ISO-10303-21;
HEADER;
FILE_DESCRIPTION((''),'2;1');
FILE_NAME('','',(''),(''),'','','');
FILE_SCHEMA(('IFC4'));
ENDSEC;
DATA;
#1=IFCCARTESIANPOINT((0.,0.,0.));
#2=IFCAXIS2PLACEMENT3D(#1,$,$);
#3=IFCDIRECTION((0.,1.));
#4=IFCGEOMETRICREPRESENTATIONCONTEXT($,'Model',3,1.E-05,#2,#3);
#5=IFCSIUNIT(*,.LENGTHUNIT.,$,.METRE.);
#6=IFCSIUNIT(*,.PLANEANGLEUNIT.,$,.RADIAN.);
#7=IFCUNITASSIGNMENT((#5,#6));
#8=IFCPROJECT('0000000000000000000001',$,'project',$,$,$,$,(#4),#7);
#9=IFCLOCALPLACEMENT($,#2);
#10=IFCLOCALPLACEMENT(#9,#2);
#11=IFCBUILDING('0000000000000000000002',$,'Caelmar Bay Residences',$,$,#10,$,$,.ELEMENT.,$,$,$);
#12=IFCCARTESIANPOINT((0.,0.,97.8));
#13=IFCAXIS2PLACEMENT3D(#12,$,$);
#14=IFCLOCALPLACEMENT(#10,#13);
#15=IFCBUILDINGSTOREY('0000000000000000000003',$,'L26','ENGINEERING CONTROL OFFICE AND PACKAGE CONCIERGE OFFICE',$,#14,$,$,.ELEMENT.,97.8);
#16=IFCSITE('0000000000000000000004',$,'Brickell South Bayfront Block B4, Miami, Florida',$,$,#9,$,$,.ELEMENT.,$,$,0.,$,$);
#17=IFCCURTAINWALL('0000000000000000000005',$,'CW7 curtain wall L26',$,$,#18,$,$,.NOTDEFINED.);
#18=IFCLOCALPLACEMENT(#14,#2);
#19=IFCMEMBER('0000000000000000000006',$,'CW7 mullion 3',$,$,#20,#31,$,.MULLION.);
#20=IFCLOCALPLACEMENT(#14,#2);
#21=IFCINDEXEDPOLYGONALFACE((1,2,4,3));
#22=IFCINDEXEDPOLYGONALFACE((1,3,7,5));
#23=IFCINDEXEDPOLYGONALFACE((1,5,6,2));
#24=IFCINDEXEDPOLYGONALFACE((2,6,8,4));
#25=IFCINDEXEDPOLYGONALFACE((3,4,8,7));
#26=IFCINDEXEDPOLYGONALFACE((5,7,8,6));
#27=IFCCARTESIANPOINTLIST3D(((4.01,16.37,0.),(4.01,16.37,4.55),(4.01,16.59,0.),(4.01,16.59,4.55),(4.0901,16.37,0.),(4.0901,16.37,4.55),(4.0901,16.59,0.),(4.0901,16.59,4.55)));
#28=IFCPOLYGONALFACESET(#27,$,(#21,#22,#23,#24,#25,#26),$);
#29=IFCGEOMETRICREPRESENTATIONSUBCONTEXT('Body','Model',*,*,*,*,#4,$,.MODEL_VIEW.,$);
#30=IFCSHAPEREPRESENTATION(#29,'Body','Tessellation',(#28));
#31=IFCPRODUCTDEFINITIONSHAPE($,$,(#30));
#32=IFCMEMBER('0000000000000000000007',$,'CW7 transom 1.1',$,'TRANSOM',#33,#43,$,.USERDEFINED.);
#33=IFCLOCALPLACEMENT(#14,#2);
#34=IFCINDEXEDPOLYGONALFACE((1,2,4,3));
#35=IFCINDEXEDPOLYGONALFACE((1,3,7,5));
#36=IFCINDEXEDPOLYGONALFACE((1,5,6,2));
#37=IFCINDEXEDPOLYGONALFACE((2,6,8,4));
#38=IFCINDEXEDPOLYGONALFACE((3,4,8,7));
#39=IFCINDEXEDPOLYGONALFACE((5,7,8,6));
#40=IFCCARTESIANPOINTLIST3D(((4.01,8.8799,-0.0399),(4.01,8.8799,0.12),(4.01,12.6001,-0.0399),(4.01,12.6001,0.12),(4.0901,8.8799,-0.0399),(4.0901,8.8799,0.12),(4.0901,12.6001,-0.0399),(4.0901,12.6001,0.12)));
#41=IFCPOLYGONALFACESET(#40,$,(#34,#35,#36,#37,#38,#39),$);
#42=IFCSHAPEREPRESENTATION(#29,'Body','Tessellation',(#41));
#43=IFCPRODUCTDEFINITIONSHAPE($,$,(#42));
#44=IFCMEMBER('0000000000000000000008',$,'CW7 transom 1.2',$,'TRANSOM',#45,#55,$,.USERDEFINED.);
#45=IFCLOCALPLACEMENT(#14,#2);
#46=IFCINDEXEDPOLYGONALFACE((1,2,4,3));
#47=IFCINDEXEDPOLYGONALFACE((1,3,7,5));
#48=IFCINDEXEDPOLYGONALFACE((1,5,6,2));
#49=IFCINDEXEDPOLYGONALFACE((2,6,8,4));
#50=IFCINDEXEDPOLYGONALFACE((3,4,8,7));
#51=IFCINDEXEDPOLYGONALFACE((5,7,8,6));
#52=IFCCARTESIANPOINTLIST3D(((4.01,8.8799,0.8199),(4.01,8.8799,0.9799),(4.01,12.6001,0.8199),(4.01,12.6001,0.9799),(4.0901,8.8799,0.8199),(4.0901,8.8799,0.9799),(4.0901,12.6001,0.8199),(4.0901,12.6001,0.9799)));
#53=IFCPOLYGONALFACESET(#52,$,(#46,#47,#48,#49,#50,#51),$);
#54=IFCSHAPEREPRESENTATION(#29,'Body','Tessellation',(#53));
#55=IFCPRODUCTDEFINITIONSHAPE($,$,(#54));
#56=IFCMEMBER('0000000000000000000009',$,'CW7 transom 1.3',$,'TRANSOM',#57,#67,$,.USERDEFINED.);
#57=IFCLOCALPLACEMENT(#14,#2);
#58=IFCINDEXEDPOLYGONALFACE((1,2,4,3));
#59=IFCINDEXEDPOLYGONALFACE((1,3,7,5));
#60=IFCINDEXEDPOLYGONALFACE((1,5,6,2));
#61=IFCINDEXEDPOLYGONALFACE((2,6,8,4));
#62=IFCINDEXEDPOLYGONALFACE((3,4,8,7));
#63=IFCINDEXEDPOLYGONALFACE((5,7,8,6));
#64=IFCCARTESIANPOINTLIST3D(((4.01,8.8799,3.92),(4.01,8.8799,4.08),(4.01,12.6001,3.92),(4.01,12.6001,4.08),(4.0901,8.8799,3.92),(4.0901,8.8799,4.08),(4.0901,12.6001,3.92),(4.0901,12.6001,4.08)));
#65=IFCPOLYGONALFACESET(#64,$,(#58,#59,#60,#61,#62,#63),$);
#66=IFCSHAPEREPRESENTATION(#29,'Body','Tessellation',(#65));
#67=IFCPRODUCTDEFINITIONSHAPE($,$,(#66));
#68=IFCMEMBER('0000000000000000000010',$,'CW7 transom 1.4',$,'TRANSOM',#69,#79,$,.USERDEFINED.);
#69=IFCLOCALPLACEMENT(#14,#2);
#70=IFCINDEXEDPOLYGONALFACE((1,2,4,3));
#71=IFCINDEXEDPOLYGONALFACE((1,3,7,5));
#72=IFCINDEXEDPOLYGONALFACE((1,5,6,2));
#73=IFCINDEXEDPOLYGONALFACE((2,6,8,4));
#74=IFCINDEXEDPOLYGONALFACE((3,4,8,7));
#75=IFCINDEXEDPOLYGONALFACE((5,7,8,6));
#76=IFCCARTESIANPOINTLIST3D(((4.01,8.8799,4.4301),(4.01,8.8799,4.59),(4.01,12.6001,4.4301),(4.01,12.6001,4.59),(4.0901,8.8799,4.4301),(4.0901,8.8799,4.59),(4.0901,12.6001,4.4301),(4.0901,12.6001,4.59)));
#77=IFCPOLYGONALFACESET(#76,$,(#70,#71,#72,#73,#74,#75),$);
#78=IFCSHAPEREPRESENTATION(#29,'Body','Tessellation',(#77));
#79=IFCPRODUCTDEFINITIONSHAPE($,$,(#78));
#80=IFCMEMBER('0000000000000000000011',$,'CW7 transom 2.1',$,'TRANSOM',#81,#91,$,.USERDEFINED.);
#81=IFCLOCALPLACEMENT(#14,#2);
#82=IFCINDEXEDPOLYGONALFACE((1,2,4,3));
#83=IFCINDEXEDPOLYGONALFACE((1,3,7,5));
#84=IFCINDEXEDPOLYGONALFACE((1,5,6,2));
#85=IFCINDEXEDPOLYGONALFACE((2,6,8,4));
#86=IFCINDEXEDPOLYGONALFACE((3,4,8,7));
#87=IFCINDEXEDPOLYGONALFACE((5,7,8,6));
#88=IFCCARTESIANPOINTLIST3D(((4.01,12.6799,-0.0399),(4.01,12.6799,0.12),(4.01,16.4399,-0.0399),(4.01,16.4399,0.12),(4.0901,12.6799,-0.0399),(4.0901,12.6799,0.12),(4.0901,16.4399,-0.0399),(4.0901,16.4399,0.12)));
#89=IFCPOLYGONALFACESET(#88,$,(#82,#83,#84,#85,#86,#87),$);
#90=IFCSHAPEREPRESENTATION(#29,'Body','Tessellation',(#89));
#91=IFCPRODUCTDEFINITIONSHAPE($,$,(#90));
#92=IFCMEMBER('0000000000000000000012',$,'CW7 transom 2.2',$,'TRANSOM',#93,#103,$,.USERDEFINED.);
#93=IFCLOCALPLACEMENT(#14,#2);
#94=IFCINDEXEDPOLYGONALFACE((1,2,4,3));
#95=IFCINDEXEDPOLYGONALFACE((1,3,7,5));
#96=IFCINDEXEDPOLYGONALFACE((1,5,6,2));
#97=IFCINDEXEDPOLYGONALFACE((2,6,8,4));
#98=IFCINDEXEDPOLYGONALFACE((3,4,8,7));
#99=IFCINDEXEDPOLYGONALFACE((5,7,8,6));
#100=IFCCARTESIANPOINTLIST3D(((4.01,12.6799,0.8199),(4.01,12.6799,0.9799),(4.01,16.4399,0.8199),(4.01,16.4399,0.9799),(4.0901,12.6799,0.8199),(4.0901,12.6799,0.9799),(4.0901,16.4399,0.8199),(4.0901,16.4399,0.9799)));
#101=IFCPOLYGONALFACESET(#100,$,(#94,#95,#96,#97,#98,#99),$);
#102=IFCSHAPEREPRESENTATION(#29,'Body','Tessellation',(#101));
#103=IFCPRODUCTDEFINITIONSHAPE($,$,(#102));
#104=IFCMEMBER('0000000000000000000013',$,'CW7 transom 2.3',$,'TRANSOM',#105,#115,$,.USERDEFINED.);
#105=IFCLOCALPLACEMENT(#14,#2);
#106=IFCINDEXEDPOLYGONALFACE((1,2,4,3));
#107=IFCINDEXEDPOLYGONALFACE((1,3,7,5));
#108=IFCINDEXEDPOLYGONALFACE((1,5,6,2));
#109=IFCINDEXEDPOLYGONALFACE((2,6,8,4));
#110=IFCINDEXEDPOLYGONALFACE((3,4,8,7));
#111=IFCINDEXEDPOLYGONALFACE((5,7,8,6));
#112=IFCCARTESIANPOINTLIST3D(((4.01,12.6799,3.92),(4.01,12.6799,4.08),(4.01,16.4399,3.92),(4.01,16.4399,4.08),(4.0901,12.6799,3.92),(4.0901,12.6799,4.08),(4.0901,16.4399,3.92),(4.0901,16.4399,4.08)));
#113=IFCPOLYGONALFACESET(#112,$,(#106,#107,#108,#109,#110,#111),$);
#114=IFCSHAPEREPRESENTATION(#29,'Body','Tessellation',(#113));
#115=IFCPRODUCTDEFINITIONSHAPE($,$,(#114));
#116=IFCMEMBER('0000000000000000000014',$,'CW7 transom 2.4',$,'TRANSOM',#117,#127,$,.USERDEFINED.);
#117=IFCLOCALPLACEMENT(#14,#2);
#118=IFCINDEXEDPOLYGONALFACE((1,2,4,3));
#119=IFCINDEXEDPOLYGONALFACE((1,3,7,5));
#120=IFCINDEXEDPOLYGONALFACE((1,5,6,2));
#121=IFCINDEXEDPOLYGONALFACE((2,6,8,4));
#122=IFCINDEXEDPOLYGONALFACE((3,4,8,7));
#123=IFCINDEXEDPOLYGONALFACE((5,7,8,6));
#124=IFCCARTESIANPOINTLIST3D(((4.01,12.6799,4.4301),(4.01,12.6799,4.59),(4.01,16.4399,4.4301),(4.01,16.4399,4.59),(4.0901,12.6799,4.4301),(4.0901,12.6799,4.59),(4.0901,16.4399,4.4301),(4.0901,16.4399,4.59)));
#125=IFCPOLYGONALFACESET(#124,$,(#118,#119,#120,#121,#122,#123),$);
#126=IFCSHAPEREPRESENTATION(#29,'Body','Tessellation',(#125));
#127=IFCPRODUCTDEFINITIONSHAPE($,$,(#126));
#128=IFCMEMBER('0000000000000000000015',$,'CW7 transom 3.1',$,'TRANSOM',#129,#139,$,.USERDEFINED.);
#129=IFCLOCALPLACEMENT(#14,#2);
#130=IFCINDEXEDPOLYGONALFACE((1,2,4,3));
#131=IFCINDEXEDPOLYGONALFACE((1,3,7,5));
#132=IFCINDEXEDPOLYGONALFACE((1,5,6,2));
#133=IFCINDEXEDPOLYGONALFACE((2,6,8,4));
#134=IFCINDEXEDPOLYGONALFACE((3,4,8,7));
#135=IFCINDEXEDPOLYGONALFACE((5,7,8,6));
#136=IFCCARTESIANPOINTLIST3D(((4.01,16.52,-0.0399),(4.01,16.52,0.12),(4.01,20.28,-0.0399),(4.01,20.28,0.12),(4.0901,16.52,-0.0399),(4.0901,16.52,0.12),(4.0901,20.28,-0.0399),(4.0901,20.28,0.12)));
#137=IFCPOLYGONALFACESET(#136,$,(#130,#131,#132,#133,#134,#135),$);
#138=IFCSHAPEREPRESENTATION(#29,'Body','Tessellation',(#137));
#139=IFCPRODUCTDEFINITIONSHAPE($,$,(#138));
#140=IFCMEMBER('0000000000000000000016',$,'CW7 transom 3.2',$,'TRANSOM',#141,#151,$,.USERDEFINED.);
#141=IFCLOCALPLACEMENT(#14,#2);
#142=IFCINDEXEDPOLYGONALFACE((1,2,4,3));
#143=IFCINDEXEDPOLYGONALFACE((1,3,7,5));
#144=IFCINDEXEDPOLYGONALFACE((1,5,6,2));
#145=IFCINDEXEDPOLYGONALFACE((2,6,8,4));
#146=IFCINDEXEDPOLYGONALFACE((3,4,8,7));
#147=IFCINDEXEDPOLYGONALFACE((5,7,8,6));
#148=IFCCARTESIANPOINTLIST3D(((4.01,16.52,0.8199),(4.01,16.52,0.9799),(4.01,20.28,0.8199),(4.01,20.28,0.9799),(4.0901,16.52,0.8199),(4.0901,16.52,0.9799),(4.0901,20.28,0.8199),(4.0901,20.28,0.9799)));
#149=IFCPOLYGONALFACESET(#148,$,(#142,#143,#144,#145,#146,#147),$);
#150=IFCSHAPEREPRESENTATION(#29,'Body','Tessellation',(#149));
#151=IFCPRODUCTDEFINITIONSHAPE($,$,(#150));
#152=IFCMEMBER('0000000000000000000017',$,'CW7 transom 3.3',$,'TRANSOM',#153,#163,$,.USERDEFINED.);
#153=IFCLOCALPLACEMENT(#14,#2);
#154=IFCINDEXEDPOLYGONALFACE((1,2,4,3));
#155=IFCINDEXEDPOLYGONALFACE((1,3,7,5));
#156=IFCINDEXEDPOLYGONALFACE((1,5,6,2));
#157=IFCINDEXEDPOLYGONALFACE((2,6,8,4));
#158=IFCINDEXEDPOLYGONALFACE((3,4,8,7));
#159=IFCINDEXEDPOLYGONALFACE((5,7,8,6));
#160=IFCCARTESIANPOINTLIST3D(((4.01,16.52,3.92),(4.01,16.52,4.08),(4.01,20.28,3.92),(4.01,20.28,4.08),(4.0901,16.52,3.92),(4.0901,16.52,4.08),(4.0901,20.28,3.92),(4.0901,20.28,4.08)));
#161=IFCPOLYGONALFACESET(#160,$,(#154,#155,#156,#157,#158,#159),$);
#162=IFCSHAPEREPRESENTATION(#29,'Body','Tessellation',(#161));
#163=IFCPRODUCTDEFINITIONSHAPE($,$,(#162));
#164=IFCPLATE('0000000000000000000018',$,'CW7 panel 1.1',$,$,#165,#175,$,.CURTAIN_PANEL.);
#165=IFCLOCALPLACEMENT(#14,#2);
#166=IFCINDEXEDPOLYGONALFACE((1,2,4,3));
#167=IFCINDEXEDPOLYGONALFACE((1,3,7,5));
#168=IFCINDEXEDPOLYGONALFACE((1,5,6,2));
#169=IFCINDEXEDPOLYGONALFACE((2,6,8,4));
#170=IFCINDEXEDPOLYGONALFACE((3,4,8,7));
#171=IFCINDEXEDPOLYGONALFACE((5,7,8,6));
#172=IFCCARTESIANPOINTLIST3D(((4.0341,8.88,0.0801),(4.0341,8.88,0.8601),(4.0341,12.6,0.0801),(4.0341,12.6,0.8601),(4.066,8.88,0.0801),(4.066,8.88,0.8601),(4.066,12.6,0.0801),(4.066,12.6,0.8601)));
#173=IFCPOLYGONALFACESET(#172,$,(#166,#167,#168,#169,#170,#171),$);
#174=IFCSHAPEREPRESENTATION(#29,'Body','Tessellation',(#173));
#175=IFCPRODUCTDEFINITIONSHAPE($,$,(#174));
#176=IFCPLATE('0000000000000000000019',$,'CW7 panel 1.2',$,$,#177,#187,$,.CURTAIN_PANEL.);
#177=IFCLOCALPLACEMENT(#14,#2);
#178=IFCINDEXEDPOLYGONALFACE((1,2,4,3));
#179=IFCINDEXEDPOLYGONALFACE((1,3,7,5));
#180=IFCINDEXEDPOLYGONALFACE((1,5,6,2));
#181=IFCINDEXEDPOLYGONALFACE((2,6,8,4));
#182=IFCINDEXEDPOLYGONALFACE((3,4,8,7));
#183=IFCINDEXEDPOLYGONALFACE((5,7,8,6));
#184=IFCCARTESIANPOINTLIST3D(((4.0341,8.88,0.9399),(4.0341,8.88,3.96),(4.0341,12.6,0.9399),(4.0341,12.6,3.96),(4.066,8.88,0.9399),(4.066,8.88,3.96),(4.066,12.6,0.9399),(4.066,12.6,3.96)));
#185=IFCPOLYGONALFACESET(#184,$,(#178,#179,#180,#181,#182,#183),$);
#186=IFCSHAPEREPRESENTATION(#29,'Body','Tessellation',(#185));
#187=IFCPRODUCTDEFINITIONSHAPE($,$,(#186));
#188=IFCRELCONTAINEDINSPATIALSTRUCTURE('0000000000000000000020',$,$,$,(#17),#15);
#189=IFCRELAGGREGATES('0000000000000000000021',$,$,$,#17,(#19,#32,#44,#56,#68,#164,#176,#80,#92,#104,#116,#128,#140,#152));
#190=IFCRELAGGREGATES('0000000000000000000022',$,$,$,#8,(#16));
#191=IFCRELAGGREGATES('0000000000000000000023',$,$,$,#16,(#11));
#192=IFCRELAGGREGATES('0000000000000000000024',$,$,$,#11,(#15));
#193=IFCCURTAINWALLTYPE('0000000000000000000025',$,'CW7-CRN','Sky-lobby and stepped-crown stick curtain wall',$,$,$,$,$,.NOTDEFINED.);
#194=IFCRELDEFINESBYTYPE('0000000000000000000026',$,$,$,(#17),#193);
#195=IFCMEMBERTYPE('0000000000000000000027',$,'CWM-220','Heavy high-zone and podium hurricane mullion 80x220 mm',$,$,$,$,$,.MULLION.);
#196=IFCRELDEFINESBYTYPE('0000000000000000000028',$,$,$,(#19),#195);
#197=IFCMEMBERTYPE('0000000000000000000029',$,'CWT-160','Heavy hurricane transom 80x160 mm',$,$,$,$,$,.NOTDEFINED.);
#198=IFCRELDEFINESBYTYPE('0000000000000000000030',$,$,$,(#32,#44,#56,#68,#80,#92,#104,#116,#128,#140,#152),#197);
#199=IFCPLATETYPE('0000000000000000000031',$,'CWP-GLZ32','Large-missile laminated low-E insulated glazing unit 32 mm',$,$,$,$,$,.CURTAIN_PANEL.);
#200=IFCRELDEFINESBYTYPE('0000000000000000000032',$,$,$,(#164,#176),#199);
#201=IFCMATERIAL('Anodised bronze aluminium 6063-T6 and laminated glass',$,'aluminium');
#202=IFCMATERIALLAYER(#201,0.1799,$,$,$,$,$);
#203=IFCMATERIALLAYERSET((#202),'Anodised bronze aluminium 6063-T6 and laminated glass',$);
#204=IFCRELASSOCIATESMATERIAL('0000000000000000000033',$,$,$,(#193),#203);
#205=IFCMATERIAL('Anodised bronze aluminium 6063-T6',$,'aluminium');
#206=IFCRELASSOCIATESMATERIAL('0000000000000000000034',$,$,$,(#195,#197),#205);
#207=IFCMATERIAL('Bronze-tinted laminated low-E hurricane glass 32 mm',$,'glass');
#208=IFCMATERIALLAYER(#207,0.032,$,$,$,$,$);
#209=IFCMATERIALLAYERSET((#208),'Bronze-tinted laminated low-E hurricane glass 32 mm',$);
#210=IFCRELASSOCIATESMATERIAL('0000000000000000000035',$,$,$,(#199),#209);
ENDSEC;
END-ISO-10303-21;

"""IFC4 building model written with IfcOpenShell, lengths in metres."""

from ifc_helpers import new_model, si_unit, direction, frame, origin, origin_2d, place, context, subcontext, project, spatial, rectangle, extrude, material, layer, layer_set, material_profile, profile_set, type_object, element, aggregate, save


model = new_model("IFC4")

# Units and contexts
model_context = context("Model", 3, precision=1e-05, world=origin(), true_north=direction((0.0, 1.0)))
body_context = subcontext(model_context, "Body", "Model", "MODEL_VIEW")
ifc_project = project(units=[si_unit("LENGTHUNIT", "METRE"), si_unit("PLANEANGLEUNIT", "RADIAN")], contexts=[model_context])

# Site, building, storey
site_placement = place(None, origin())
site = spatial("IfcSite", under=ifc_project, at=site_placement, Name="Brickell South Bayfront Block B4, Miami, Florida", CompositionType="ELEMENT", RefElevation=0.0)
building_placement = place(site_placement, origin())
building = spatial("IfcBuilding", under=site, at=building_placement, Name="Caelmar Bay Residences", CompositionType="ELEMENT")
storey_placement = place(building_placement, frame((0.0, 0.0, 97.8)))
storey = spatial("IfcBuildingStorey", under=building, at=storey_placement, Name="L26", Description="ENGINEERING CONTROL OFFICE AND PACKAGE CONCIERGE OFFICE", CompositionType="ELEMENT", Elevation=97.8)

# Curtain wall, members, plates
ifc_material_1 = material(Name="Anodised bronze aluminium 6063-T6 and laminated glass", Category="aluminium")
ifc_layer_1 = layer(ifc_material_1, 0.1799)
ifc_layer_set_1 = layer_set([ifc_layer_1], Name="Anodised bronze aluminium 6063-T6 and laminated glass")
curtain_wall_type = type_object("IfcCurtainWallType", Name="CW7-CRN", Description="Sky-lobby and stepped-crown stick curtain wall", PredefinedType="NOTDEFINED", material=ifc_layer_set_1)
curtain_wall_placement = place(storey_placement, origin())
curtain_wall = element("IfcCurtainWall", 1, at=curtain_wall_placement, inside=storey, type_object=curtain_wall_type, Name="CW7 curtain wall L26", PredefinedType="NOTDEFINED")
ifc_material_2 = material(Name="Anodised bronze aluminium 6063-T6", Category="aluminium")
ifc_material_profile_1 = material_profile(ifc_material_2, rectangle(XDim=0.0801, YDim=0.22, at=origin_2d()), Name="CWM-80X220")
ifc_profile_set_1 = profile_set([ifc_material_profile_1], Name="Anodised bronze aluminium 6063-T6")
member_type_1 = type_object("IfcMemberType", Name="CWM-220", Description="Heavy high-zone and podium hurricane mullion 80x220 mm", PredefinedType="MULLION", material=ifc_profile_set_1)
member_1_placement = place(storey_placement, frame((4.05, 16.48, 0.0), z_axis=(0.0, 0.0, 1.0), x_axis=(-1.0, 0.0, 0.0)))
member_1 = element("IfcMember", 2, at=member_1_placement, type_object=member_type_1, Name="CW7 mullion 3", PredefinedType="MULLION", context=body_context, shape_type="SweptSolid", body=[
    extrude(rectangle(XDim=0.0801, YDim=0.22, at=origin_2d()), origin(), (0.0, 0.0, 1.0), 4.55),
])
ifc_material_profile_2 = material_profile(ifc_material_2, rectangle(XDim=0.0801, YDim=0.1599, at=origin_2d()), Name="CWT-80X160")
ifc_profile_set_2 = profile_set([ifc_material_profile_2], Name="Anodised bronze aluminium 6063-T6")
member_type_2 = type_object("IfcMemberType", Name="CWT-160", Description="Heavy hurricane transom 80x160 mm", PredefinedType="NOTDEFINED", material=ifc_profile_set_2)
member_2_placement = place(storey_placement, frame((4.05, 8.8799, 0.04), z_axis=(0.0, 1.0, 0.0), x_axis=(-1.0, 0.0, 0.0)))
member_2 = element("IfcMember", 3, at=member_2_placement, type_object=member_type_2, Name="CW7 transom 1.1", ObjectType="TRANSOM", PredefinedType="USERDEFINED", context=body_context, shape_type="SweptSolid", body=[
    extrude(rectangle(XDim=0.0801, YDim=0.1599, at=origin_2d()), origin(), (0.0, 0.0, 1.0), 3.7202),
])
member_3_placement = place(storey_placement, frame((4.05, 8.8799, 0.8999), z_axis=(0.0, 1.0, 0.0), x_axis=(-1.0, 0.0, 0.0)))
member_3 = element("IfcMember", 4, at=member_3_placement, type_object=member_type_2, Name="CW7 transom 1.2", ObjectType="TRANSOM", PredefinedType="USERDEFINED", context=body_context, shape_type="SweptSolid", body=[
    extrude(rectangle(XDim=0.0801, YDim=0.1599, at=origin_2d()), origin(), (0.0, 0.0, 1.0), 3.7202),
])
member_4_placement = place(storey_placement, frame((4.05, 8.8799, 4.0), z_axis=(0.0, 1.0, 0.0), x_axis=(-1.0, 0.0, 0.0)))
member_4 = element("IfcMember", 5, at=member_4_placement, type_object=member_type_2, Name="CW7 transom 1.3", ObjectType="TRANSOM", PredefinedType="USERDEFINED", context=body_context, shape_type="SweptSolid", body=[
    extrude(rectangle(XDim=0.0801, YDim=0.1599, at=origin_2d()), origin(), (0.0, 0.0, 1.0), 3.7202),
])
member_5_placement = place(storey_placement, frame((4.05, 8.8799, 4.51), z_axis=(0.0, 1.0, 0.0), x_axis=(-1.0, 0.0, 0.0)))
member_5 = element("IfcMember", 6, at=member_5_placement, type_object=member_type_2, Name="CW7 transom 1.4", ObjectType="TRANSOM", PredefinedType="USERDEFINED", context=body_context, shape_type="SweptSolid", body=[
    extrude(rectangle(XDim=0.0801, YDim=0.1599, at=origin_2d()), origin(), (0.0, 0.0, 1.0), 3.7202),
])
member_6_placement = place(storey_placement, frame((4.05, 12.6799, 0.04), z_axis=(0.0, 1.0, 0.0), x_axis=(-1.0, 0.0, 0.0)))
member_6 = element("IfcMember", 7, at=member_6_placement, type_object=member_type_2, Name="CW7 transom 2.1", ObjectType="TRANSOM", PredefinedType="USERDEFINED", context=body_context, shape_type="SweptSolid", body=[
    extrude(rectangle(XDim=0.0801, YDim=0.1599, at=origin_2d()), origin(), (0.0, 0.0, 1.0), 3.76),
])
member_7_placement = place(storey_placement, frame((4.05, 12.6799, 0.8999), z_axis=(0.0, 1.0, 0.0), x_axis=(-1.0, 0.0, 0.0)))
member_7 = element("IfcMember", 8, at=member_7_placement, type_object=member_type_2, Name="CW7 transom 2.2", ObjectType="TRANSOM", PredefinedType="USERDEFINED", context=body_context, shape_type="SweptSolid", body=[
    extrude(rectangle(XDim=0.0801, YDim=0.1599, at=origin_2d()), origin(), (0.0, 0.0, 1.0), 3.76),
])
member_8_placement = place(storey_placement, frame((4.05, 12.6799, 4.0), z_axis=(0.0, 1.0, 0.0), x_axis=(-1.0, 0.0, 0.0)))
member_8 = element("IfcMember", 9, at=member_8_placement, type_object=member_type_2, Name="CW7 transom 2.3", ObjectType="TRANSOM", PredefinedType="USERDEFINED", context=body_context, shape_type="SweptSolid", body=[
    extrude(rectangle(XDim=0.0801, YDim=0.1599, at=origin_2d()), origin(), (0.0, 0.0, 1.0), 3.76),
])
member_9_placement = place(storey_placement, frame((4.05, 12.6799, 4.51), z_axis=(0.0, 1.0, 0.0), x_axis=(-1.0, 0.0, 0.0)))
member_9 = element("IfcMember", 10, at=member_9_placement, type_object=member_type_2, Name="CW7 transom 2.4", ObjectType="TRANSOM", PredefinedType="USERDEFINED", context=body_context, shape_type="SweptSolid", body=[
    extrude(rectangle(XDim=0.0801, YDim=0.1599, at=origin_2d()), origin(), (0.0, 0.0, 1.0), 3.76),
])
member_10_placement = place(storey_placement, frame((4.05, 16.52, 0.04), z_axis=(0.0, 1.0, 0.0), x_axis=(-1.0, 0.0, 0.0)))
member_10 = element("IfcMember", 11, at=member_10_placement, type_object=member_type_2, Name="CW7 transom 3.1", ObjectType="TRANSOM", PredefinedType="USERDEFINED", context=body_context, shape_type="SweptSolid", body=[
    extrude(rectangle(XDim=0.0801, YDim=0.1599, at=origin_2d()), origin(), (0.0, 0.0, 1.0), 3.76),
])
member_11_placement = place(storey_placement, frame((4.05, 16.52, 0.8999), z_axis=(0.0, 1.0, 0.0), x_axis=(-1.0, 0.0, 0.0)))
member_11 = element("IfcMember", 12, at=member_11_placement, type_object=member_type_2, Name="CW7 transom 3.2", ObjectType="TRANSOM", PredefinedType="USERDEFINED", context=body_context, shape_type="SweptSolid", body=[
    extrude(rectangle(XDim=0.0801, YDim=0.1599, at=origin_2d()), origin(), (0.0, 0.0, 1.0), 3.76),
])
member_12_placement = place(storey_placement, frame((4.05, 16.52, 4.0), z_axis=(0.0, 1.0, 0.0), x_axis=(-1.0, 0.0, 0.0)))
member_12 = element("IfcMember", 13, at=member_12_placement, type_object=member_type_2, Name="CW7 transom 3.3", ObjectType="TRANSOM", PredefinedType="USERDEFINED", context=body_context, shape_type="SweptSolid", body=[
    extrude(rectangle(XDim=0.0801, YDim=0.1599, at=origin_2d()), origin(), (0.0, 0.0, 1.0), 3.76),
])
ifc_material_3 = material(Name="Bronze-tinted laminated low-E hurricane glass 32 mm", Category="glass")
ifc_layer_2 = layer(ifc_material_3, 0.032)
ifc_layer_set_2 = layer_set([ifc_layer_2], Name="Bronze-tinted laminated low-E hurricane glass 32 mm")
plate_type = type_object("IfcPlateType", Name="CWP-GLZ32", Description="Large-missile laminated low-E insulated glazing unit 32 mm", PredefinedType="CURTAIN_PANEL", material=ifc_layer_set_2)
plate_1_placement = place(storey_placement, frame((4.05, 10.74, 0.0801), z_axis=(0.0, 0.0, 1.0), x_axis=(0.0, 1.0, 0.0)))
plate_1 = element("IfcPlate", 14, at=plate_1_placement, type_object=plate_type, Name="CW7 panel 1.1", PredefinedType="CURTAIN_PANEL", context=body_context, shape_type="SweptSolid", body=[
    extrude(rectangle(XDim=3.72, YDim=0.032, at=origin_2d()), origin(), (0.0, 0.0, 1.0), 0.78),
])
plate_2_placement = place(storey_placement, frame((4.05, 10.74, 0.9399), z_axis=(0.0, 0.0, 1.0), x_axis=(0.0, 1.0, 0.0)))
plate_2 = element("IfcPlate", 15, at=plate_2_placement, type_object=plate_type, Name="CW7 panel 1.2", PredefinedType="CURTAIN_PANEL", context=body_context, shape_type="SweptSolid", body=[
    extrude(rectangle(XDim=3.72, YDim=0.032, at=origin_2d()), origin(), (0.0, 0.0, 1.0), 3.02),
])
aggregate(curtain_wall, [member_1, member_2, member_3, member_4, member_5, plate_1, plate_2, member_6, member_7, member_8, member_9, member_10, member_11, member_12])

save(model, "model.ifc")
